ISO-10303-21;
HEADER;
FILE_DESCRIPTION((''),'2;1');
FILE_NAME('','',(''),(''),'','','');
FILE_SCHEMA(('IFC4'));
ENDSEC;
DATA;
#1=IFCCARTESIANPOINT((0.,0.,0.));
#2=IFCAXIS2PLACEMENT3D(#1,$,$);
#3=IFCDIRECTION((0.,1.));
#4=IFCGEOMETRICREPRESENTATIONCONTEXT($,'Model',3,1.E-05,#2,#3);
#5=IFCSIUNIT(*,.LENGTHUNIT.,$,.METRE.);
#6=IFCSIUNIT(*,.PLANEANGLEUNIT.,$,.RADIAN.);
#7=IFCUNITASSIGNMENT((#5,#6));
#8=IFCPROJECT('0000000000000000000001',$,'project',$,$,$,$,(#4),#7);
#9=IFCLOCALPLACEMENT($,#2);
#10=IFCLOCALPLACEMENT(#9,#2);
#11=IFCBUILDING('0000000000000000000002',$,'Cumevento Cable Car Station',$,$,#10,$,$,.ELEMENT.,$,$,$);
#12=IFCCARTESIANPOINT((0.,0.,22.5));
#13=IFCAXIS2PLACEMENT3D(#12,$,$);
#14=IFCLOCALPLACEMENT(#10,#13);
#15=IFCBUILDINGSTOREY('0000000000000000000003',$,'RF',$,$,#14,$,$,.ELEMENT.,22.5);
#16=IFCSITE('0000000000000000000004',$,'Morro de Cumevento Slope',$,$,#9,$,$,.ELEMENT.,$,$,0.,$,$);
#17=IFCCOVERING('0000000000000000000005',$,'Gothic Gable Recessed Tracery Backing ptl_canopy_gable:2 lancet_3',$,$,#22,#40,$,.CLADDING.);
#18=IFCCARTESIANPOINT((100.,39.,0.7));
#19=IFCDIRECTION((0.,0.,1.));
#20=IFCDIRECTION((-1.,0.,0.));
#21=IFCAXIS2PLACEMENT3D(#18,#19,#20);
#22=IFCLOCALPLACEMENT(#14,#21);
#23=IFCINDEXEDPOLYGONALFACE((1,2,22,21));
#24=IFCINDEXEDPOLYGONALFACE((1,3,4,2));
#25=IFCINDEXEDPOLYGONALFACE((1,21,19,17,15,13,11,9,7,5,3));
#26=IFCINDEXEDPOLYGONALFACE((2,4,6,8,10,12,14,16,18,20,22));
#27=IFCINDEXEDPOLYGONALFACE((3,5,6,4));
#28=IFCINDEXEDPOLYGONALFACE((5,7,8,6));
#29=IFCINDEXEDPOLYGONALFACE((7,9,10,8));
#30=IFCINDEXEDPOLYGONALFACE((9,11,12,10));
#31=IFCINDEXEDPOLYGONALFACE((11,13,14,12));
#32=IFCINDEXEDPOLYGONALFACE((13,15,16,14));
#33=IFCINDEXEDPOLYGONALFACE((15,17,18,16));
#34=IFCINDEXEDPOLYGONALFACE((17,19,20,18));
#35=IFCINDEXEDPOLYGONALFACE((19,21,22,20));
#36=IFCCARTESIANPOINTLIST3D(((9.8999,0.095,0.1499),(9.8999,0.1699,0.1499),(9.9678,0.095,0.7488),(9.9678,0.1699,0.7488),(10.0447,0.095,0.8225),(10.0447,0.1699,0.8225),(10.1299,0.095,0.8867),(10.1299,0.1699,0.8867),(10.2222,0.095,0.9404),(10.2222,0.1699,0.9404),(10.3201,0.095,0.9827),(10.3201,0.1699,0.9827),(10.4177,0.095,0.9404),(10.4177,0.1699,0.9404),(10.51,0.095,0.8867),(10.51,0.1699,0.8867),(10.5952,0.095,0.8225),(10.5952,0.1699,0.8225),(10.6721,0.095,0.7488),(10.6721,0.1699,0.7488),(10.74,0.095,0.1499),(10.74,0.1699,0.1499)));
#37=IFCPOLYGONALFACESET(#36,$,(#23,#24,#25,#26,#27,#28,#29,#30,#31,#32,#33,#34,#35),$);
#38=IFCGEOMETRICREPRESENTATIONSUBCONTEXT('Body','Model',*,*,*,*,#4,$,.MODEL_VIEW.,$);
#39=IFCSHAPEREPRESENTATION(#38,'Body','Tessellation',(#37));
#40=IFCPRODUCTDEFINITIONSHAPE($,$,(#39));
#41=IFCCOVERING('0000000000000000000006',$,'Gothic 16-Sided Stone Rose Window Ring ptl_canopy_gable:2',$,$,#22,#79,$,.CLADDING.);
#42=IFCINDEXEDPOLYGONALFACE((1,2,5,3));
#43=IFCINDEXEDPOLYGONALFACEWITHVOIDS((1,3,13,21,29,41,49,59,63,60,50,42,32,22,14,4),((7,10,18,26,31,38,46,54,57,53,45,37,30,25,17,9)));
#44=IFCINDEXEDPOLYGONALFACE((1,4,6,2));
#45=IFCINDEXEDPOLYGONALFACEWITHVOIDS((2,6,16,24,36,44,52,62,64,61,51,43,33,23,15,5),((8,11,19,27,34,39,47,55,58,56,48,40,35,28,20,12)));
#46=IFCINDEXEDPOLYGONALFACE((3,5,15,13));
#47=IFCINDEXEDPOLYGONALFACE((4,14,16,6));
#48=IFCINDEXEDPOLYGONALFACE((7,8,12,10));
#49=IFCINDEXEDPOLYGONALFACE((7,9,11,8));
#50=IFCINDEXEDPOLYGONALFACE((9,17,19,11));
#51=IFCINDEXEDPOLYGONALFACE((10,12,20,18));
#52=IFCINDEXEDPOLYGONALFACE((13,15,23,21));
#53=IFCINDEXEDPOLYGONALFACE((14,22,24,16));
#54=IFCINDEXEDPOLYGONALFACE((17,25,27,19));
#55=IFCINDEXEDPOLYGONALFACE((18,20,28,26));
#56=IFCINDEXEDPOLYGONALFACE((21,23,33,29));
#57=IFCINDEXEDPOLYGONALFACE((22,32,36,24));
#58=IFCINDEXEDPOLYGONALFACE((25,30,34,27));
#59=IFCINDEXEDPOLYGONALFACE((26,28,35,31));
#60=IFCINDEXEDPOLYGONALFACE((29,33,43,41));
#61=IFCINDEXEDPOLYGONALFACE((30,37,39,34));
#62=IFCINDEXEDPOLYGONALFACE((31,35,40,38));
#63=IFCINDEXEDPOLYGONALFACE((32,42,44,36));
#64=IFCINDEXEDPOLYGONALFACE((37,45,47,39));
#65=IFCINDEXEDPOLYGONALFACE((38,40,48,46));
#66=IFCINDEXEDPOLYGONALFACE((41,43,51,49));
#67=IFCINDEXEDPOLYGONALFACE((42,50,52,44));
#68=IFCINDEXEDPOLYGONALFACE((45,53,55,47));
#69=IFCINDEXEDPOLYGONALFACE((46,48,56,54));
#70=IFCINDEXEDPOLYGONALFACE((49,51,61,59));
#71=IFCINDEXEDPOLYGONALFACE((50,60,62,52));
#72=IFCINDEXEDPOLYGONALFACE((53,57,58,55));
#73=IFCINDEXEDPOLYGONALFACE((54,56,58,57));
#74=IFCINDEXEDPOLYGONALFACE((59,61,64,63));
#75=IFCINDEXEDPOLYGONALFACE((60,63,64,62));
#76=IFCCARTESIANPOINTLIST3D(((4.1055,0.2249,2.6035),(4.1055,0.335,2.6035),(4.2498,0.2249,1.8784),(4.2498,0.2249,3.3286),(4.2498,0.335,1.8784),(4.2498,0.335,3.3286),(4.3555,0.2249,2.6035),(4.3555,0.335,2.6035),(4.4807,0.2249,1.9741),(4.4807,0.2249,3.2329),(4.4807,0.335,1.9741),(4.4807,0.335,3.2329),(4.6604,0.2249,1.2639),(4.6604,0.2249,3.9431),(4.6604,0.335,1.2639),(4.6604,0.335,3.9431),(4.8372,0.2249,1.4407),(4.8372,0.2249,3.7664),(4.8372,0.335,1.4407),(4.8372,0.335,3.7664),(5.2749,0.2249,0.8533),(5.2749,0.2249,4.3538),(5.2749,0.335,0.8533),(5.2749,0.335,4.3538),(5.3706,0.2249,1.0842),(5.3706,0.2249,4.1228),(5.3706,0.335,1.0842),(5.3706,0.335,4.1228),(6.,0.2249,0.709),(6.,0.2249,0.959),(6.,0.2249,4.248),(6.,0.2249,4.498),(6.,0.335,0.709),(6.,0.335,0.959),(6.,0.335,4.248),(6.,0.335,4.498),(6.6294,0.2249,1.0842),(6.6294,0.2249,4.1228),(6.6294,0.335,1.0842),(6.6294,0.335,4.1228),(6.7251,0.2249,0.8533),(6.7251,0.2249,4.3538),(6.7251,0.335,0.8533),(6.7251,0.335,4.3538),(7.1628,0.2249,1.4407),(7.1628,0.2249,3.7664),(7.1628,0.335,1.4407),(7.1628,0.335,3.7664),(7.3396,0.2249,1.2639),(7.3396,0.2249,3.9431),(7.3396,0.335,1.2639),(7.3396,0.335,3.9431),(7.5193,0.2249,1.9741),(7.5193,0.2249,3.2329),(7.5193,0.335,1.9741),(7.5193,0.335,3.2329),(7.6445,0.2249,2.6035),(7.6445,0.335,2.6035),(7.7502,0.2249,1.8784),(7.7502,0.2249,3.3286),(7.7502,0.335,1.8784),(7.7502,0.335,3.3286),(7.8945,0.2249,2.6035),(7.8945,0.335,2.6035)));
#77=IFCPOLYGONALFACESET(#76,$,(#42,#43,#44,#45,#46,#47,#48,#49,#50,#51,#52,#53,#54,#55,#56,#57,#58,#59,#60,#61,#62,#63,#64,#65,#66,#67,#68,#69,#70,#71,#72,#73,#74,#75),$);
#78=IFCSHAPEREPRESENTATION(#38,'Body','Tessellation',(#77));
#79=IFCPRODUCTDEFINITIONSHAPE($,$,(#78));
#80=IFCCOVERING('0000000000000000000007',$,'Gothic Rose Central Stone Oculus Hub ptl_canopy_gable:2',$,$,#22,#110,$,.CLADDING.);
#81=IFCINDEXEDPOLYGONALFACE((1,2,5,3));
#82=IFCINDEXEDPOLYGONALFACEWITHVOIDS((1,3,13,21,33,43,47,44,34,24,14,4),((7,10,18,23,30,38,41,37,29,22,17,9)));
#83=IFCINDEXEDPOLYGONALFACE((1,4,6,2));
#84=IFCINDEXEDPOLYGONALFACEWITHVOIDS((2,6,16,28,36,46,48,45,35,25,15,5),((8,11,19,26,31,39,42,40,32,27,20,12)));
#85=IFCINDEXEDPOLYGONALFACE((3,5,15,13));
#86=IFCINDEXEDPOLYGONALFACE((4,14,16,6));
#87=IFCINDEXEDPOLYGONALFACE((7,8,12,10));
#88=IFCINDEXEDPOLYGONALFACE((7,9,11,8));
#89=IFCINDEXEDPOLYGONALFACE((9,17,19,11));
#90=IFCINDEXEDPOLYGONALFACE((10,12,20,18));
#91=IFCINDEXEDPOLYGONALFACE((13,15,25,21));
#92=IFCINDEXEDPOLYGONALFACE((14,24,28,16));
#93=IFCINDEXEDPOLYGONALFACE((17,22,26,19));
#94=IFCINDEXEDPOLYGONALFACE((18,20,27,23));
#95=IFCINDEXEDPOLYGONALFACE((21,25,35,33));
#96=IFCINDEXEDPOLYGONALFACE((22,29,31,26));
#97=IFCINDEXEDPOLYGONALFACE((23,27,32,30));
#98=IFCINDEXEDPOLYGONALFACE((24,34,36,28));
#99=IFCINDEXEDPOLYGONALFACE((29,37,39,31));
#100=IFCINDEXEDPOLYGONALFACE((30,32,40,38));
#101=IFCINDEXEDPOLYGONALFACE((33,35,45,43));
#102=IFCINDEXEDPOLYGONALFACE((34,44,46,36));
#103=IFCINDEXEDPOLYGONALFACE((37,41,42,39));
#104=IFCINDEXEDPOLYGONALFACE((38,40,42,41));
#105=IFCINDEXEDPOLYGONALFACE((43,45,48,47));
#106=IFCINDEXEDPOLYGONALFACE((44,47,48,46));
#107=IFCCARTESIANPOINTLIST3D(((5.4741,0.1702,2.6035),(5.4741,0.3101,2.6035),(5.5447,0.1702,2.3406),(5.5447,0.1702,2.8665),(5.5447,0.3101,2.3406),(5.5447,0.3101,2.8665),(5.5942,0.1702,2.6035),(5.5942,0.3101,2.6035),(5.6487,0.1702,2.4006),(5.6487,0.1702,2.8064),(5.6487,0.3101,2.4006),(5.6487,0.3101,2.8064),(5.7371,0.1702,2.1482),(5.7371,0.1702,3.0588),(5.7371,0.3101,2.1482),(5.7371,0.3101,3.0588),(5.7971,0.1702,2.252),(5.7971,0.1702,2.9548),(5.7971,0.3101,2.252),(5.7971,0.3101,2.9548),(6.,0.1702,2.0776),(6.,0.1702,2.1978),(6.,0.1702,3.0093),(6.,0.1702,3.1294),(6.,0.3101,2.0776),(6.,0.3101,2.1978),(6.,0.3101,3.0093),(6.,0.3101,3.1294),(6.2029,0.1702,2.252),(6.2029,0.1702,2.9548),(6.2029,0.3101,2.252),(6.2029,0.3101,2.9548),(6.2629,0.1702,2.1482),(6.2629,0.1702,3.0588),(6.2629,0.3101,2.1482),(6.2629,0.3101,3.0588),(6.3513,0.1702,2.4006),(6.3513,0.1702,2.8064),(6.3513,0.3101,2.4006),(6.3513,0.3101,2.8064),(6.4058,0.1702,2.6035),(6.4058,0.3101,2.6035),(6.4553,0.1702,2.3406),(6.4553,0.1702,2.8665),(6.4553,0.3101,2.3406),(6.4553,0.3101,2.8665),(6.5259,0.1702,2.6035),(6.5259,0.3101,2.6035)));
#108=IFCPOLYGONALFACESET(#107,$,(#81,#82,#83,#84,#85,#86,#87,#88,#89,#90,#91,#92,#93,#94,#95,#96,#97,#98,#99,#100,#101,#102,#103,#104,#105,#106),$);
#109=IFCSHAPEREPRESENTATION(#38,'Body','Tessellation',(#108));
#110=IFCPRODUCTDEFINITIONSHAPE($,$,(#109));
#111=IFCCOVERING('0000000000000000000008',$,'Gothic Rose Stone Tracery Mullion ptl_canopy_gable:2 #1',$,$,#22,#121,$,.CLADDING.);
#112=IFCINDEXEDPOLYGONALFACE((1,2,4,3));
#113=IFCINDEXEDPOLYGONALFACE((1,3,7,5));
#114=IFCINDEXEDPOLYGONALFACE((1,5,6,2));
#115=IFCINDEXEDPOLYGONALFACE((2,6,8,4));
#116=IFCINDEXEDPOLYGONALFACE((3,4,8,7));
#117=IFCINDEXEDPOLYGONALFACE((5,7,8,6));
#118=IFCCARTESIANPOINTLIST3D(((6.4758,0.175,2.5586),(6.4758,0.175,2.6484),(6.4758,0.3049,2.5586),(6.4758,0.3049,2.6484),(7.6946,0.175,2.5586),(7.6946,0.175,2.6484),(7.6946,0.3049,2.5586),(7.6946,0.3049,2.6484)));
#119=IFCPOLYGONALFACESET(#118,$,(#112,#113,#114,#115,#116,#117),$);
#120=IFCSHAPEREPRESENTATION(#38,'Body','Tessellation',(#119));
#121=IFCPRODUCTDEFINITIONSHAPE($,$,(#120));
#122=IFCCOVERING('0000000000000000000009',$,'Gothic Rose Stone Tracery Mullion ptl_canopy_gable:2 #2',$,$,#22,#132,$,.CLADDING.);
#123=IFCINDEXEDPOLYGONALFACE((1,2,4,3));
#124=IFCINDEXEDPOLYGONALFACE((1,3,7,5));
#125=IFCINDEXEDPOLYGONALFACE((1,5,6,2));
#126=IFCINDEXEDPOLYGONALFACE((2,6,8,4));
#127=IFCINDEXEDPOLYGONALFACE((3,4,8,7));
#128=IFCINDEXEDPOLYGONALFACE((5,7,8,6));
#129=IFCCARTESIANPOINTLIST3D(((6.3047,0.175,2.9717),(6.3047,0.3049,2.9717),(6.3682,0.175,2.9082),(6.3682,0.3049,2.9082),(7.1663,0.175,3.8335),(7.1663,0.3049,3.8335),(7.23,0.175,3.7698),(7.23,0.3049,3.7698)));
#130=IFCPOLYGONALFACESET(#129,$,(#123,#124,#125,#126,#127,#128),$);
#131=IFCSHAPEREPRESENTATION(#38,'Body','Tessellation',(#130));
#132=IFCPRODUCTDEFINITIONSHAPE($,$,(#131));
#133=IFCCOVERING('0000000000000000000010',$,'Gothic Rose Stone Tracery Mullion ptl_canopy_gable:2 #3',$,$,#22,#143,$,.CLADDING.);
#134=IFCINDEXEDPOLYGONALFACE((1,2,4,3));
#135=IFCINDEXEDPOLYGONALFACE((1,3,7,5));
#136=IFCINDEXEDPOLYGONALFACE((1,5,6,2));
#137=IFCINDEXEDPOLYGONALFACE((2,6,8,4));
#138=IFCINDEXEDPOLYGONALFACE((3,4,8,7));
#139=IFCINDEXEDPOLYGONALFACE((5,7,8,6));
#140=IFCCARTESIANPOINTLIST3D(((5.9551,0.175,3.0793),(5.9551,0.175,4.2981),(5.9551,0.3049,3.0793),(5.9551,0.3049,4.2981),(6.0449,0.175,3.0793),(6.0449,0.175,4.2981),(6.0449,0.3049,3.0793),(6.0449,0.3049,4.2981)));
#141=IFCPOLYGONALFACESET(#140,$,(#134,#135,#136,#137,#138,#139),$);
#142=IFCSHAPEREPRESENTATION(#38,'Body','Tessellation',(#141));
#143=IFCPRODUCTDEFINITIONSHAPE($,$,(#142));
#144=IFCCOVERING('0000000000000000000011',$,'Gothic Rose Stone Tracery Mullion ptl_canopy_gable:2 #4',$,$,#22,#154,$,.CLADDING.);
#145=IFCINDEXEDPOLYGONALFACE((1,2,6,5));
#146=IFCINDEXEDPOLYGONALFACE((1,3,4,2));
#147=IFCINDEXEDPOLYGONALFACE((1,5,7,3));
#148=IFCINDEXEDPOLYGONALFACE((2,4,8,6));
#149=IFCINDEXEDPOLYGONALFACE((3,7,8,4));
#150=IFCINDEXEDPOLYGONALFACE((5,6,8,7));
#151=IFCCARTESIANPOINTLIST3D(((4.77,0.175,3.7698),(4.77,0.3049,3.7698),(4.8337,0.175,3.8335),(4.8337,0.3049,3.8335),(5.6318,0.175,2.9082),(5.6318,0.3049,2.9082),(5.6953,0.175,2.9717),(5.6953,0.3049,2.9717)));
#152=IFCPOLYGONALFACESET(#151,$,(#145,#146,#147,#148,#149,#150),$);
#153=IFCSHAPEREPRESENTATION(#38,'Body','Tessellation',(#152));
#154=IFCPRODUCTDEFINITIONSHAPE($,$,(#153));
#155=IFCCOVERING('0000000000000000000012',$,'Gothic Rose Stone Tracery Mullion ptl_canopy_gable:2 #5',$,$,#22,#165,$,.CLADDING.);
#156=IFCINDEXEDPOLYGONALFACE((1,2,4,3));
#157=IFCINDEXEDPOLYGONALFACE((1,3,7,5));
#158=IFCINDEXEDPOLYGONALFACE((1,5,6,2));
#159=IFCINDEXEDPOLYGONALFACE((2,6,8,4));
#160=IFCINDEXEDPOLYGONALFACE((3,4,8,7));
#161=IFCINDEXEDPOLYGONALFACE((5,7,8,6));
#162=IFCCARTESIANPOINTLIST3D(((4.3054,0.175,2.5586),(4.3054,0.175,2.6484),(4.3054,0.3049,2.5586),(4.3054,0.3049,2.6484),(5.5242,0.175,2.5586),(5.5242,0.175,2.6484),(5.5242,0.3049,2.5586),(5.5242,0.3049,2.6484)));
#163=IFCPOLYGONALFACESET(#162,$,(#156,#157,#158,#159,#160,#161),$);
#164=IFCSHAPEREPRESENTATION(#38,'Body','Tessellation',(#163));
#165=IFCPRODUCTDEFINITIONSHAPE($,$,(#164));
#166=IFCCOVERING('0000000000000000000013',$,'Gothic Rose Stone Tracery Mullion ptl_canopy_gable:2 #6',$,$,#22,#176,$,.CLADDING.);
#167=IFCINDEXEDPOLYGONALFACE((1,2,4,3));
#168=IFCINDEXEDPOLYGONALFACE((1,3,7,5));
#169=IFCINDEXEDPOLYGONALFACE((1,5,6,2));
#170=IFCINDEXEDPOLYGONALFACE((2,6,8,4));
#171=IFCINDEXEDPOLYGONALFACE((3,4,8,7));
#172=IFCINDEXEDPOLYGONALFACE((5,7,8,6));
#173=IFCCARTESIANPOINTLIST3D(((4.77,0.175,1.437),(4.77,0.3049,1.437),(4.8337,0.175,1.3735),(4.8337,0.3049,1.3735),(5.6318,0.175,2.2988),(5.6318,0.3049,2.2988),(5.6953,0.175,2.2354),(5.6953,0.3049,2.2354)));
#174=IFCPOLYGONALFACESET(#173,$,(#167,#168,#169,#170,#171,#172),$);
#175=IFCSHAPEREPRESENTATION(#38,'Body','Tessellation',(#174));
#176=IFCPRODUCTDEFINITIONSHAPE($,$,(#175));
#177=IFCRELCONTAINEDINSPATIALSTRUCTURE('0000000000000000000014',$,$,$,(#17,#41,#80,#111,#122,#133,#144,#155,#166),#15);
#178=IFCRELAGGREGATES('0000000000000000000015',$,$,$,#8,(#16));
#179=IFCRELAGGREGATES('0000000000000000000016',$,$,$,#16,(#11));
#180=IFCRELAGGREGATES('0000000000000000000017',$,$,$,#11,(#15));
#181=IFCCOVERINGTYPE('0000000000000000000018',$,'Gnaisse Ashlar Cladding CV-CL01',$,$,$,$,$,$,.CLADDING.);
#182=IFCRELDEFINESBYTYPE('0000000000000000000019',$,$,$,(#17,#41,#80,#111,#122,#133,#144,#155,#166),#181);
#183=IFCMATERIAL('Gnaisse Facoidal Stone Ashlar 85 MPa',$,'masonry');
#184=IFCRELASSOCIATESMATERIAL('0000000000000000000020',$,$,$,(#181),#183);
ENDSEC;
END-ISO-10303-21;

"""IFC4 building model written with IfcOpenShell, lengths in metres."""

from ifc_helpers import new_model, si_unit, direction, frame, origin, place, context, subcontext, project, spatial, polyline, outline, extrude, material, type_object, element, save


model = new_model("IFC4")

# Units and contexts
model_context = context("Model", 3, precision=1e-05, world=origin(), true_north=direction((0.0, 1.0)))
body_context = subcontext(model_context, "Body", "Model", "MODEL_VIEW")
ifc_project = project(units=[si_unit("LENGTHUNIT", "METRE"), si_unit("PLANEANGLEUNIT", "RADIAN")], contexts=[model_context])

# Site, building, storey
site_placement = place(None, origin())
site = spatial("IfcSite", under=ifc_project, at=site_placement, Name="Morro de Cumevento Slope", CompositionType="ELEMENT", RefElevation=0.0)
building_placement = place(site_placement, origin())
building = spatial("IfcBuilding", under=site, at=building_placement, Name="Cumevento Cable Car Station", CompositionType="ELEMENT")
storey_placement = place(building_placement, frame((0.0, 0.0, 22.5)))
storey = spatial("IfcBuildingStorey", under=building, at=storey_placement, Name="RF", CompositionType="ELEMENT", Elevation=22.5)

# Coverings
ifc_material_1 = material(Name="Gnaisse Facoidal Stone Ashlar 85 MPa", Category="masonry")
covering_type_1 = type_object("IfcCoveringType", Name="Gnaisse Ashlar Cladding CV-CL01", PredefinedType="CLADDING", material=ifc_material_1)
placement = place(storey_placement, frame((100.0, 39.0, 0.7), z_axis=(0.0, 0.0, 1.0), x_axis=(-1.0, 0.0, 0.0)))
element("IfcCovering", 1, at=placement, inside=storey, type_object=covering_type_1, Name="Gothic Gable Recessed Tracery Backing ptl_canopy_gable:2 lancet_3", PredefinedType="CLADDING", context=body_context, shape_type="SweptSolid", body=[
    extrude(outline(polyline([(9.8999, 0.1499), (10.74, 0.1499), (10.6721, 0.7488), (10.5952, 0.8225), (10.51, 0.8867), (10.4177, 0.9404), (10.3201, 0.9827), (10.2222, 0.9404), (10.1299, 0.8867), (10.0447, 0.8225), (9.9678, 0.7488), (9.8999, 0.1499)])), frame((0.0, 0.1699, 0.0), z_axis=(0.0, -1.0, 0.0), x_axis=(1.0, 0.0, 0.0)), (0.0, 0.0, 1.0), 0.075),
])
element("IfcCovering", 2, at=placement, inside=storey, type_object=covering_type_1, Name="Gothic 16-Sided Stone Rose Window Ring ptl_canopy_gable:2", PredefinedType="CLADDING", context=body_context, shape_type="SweptSolid", body=[
    extrude(outline(polyline([(7.8945, 2.6035), (7.7502, 3.3286), (7.3396, 3.9431), (6.7251, 4.3538), (6.0, 4.498), (5.2749, 4.3538), (4.6604, 3.9431), (4.2498, 3.3286), (4.1055, 2.6035), (4.2498, 1.8784), (4.6604, 1.2639), (5.2749, 0.8533), (6.0, 0.709), (6.7251, 0.8533), (7.3396, 1.2639), (7.7502, 1.8784), (7.8945, 2.6035)]), holes=[polyline([(7.6445, 2.6035), (7.5193, 3.2329), (7.1628, 3.7664), (6.6294, 4.1228), (6.0, 4.248), (5.3706, 4.1228), (4.8372, 3.7664), (4.4807, 3.2329), (4.3555, 2.6035), (4.4807, 1.9741), (4.8372, 1.4407), (5.3706, 1.0842), (6.0, 0.959), (6.6294, 1.0842), (7.1628, 1.4407), (7.5193, 1.9741), (7.6445, 2.6035)])]), frame((0.0, 0.335, 0.0), z_axis=(0.0, -1.0, 0.0), x_axis=(1.0, 0.0, 0.0)), (0.0, 0.0, 1.0), 0.1101),
])
element("IfcCovering", 3, at=placement, inside=storey, type_object=covering_type_1, Name="Gothic Rose Central Stone Oculus Hub ptl_canopy_gable:2", PredefinedType="CLADDING", context=body_context, shape_type="SweptSolid", body=[
    extrude(outline(polyline([(6.5259, 2.6035), (6.4553, 2.8665), (6.2629, 3.0588), (6.0, 3.1294), (5.7371, 3.0588), (5.5447, 2.8665), (5.4741, 2.6035), (5.5447, 2.3406), (5.7371, 2.1482), (6.0, 2.0776), (6.2629, 2.1482), (6.4553, 2.3406), (6.5259, 2.6035)]), holes=[polyline([(6.4058, 2.6035), (6.3513, 2.8064), (6.2029, 2.9548), (6.0, 3.0093), (5.7971, 2.9548), (5.6487, 2.8064), (5.5942, 2.6035), (5.6487, 2.4006), (5.7971, 2.252), (6.0, 2.1978), (6.2029, 2.252), (6.3513, 2.4006), (6.4058, 2.6035)])]), frame((0.0, 0.3101, 0.0), z_axis=(0.0, -1.0, 0.0), x_axis=(1.0, 0.0, 0.0)), (0.0, 0.0, 1.0), 0.1399),
])
element("IfcCovering", 4, at=placement, inside=storey, type_object=covering_type_1, Name="Gothic Rose Stone Tracery Mullion ptl_canopy_gable:2 #1", PredefinedType="CLADDING", context=body_context, shape_type="SweptSolid", body=[
    extrude(outline(polyline([(6.4758, 2.6484), (7.6946, 2.6484), (7.6946, 2.5586), (6.4758, 2.5586), (6.4758, 2.6484)])), frame((0.0, 0.3049, 0.0), z_axis=(0.0, -1.0, 0.0), x_axis=(1.0, 0.0, 0.0)), (0.0, 0.0, 1.0), 0.1299),
])
element("IfcCovering", 5, at=placement, inside=storey, type_object=covering_type_1, Name="Gothic Rose Stone Tracery Mullion ptl_canopy_gable:2 #2", PredefinedType="CLADDING", context=body_context, shape_type="SweptSolid", body=[
    extrude(outline(polyline([(6.3047, 2.9717), (7.1663, 3.8335), (7.23, 3.7698), (6.3682, 2.9082), (6.3047, 2.9717)])), frame((0.0, 0.3049, 0.0), z_axis=(0.0, -1.0, 0.0), x_axis=(1.0, 0.0, 0.0)), (0.0, 0.0, 1.0), 0.1299),
])
element("IfcCovering", 6, at=placement, inside=storey, type_object=covering_type_1, Name="Gothic Rose Stone Tracery Mullion ptl_canopy_gable:2 #3", PredefinedType="CLADDING", context=body_context, shape_type="SweptSolid", body=[
    extrude(outline(polyline([(5.9551, 3.0793), (5.9551, 4.2981), (6.0449, 4.2981), (6.0449, 3.0793), (5.9551, 3.0793)])), frame((0.0, 0.3049, 0.0), z_axis=(0.0, -1.0, 0.0), x_axis=(1.0, 0.0, 0.0)), (0.0, 0.0, 1.0), 0.1299),
])
element("IfcCovering", 7, at=placement, inside=storey, type_object=covering_type_1, Name="Gothic Rose Stone Tracery Mullion ptl_canopy_gable:2 #4", PredefinedType="CLADDING", context=body_context, shape_type="SweptSolid", body=[
    extrude(outline(polyline([(5.6318, 2.9082), (4.77, 3.7698), (4.8337, 3.8335), (5.6953, 2.9717), (5.6318, 2.9082)])), frame((0.0, 0.3049, 0.0), z_axis=(0.0, -1.0, 0.0), x_axis=(1.0, 0.0, 0.0)), (0.0, 0.0, 1.0), 0.1299),
])
element("IfcCovering", 8, at=placement, inside=storey, type_object=covering_type_1, Name="Gothic Rose Stone Tracery Mullion ptl_canopy_gable:2 #5", PredefinedType="CLADDING", context=body_context, shape_type="SweptSolid", body=[
    extrude(outline(polyline([(5.5242, 2.5586), (4.3054, 2.5586), (4.3054, 2.6484), (5.5242, 2.6484), (5.5242, 2.5586)])), frame((0.0, 0.3049, 0.0), z_axis=(0.0, -1.0, 0.0), x_axis=(1.0, 0.0, 0.0)), (0.0, 0.0, 1.0), 0.1299),
])
element("IfcCovering", 9, at=placement, inside=storey, type_object=covering_type_1, Name="Gothic Rose Stone Tracery Mullion ptl_canopy_gable:2 #6", PredefinedType="CLADDING", context=body_context, shape_type="SweptSolid", body=[
    extrude(outline(polyline([(5.6953, 2.2354), (4.8337, 1.3735), (4.77, 1.437), (5.6318, 2.2988), (5.6953, 2.2354)])), frame((0.0, 0.3049, 0.0), z_axis=(0.0, -1.0, 0.0), x_axis=(1.0, 0.0, 0.0)), (0.0, 0.0, 1.0), 0.1299),
])

save(model, "model.ifc")
